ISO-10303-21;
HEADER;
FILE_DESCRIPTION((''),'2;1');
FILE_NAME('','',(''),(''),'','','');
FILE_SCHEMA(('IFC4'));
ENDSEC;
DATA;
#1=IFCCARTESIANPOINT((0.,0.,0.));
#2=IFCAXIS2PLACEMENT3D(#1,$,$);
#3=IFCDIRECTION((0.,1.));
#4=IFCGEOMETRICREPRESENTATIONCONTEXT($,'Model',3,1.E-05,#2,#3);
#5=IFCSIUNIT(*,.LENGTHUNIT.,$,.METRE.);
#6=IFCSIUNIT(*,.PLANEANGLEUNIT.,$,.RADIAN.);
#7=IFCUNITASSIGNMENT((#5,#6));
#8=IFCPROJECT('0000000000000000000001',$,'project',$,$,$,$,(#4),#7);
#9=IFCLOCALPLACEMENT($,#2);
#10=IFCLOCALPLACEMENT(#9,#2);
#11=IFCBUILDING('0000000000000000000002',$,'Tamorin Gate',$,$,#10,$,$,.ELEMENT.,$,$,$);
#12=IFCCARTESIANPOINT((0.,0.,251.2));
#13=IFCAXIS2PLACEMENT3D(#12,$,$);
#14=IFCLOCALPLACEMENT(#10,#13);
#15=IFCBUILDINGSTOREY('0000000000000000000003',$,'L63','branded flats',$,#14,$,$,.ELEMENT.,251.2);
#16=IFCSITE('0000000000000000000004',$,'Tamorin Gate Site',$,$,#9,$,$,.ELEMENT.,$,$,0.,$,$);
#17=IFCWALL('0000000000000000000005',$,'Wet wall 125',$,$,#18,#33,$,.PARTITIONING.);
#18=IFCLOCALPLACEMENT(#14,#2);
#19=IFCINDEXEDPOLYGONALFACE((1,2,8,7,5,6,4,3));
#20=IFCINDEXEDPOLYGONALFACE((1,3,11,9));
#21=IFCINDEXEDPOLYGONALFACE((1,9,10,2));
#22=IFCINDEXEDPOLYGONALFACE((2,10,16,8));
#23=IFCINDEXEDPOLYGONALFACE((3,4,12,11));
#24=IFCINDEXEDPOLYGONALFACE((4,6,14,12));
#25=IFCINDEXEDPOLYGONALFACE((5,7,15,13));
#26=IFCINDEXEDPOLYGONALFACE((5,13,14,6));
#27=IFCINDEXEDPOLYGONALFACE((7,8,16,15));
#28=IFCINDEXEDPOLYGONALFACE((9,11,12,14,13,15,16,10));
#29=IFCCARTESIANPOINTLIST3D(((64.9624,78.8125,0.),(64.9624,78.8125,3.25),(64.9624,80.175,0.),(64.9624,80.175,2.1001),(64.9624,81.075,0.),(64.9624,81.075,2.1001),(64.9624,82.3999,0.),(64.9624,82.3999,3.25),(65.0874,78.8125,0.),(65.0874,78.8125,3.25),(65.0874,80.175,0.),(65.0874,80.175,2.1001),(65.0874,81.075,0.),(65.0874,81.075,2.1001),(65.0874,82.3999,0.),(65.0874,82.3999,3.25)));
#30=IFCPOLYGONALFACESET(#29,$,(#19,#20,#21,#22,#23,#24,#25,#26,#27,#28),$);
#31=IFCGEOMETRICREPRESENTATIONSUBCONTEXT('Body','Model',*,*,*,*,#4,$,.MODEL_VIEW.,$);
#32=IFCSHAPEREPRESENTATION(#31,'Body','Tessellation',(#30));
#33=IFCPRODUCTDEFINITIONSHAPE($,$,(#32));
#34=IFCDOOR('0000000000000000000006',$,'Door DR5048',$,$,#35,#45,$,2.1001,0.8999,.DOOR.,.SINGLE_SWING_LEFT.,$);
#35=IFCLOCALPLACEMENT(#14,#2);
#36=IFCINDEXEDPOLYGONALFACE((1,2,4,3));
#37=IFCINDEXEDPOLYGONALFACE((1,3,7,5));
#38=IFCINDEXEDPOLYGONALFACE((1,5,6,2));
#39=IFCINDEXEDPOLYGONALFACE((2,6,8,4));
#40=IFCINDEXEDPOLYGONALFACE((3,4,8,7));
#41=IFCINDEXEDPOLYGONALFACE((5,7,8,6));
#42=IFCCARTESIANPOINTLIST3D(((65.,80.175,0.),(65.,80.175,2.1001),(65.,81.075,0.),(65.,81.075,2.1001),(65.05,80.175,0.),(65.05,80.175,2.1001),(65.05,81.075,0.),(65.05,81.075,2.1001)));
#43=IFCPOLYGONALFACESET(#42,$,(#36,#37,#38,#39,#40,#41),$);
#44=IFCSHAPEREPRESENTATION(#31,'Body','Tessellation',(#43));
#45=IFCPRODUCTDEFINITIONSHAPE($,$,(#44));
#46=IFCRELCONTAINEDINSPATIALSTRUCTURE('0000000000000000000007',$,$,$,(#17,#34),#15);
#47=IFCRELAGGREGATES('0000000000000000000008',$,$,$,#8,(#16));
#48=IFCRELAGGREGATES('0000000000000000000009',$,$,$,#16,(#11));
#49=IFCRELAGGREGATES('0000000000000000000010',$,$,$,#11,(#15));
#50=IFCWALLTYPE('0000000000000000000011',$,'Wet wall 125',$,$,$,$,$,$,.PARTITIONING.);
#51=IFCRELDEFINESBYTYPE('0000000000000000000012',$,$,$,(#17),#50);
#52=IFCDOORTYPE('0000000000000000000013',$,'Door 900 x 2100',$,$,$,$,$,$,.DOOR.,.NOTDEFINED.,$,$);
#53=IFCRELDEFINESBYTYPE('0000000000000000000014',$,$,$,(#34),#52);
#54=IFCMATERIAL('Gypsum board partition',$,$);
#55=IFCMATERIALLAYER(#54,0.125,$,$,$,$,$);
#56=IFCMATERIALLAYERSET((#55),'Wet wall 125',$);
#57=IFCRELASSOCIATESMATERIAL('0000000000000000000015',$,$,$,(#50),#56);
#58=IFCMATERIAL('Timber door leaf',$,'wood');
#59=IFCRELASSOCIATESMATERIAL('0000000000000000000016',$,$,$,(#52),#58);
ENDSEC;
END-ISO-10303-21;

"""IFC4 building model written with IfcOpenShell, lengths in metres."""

from ifc_helpers import new_model, si_unit, direction, frame, frame_2d, origin, place, context, subcontext, project, spatial, rectangle, extrude, material, layer, layer_set, type_object, element, fill, save


model = new_model("IFC4")

# Units and contexts
model_context = context("Model", 3, precision=1e-05, world=origin(), true_north=direction((0.0, 1.0)))
body_context = subcontext(model_context, "Body", "Model", "MODEL_VIEW")
ifc_project = project(units=[si_unit("LENGTHUNIT", "METRE"), si_unit("PLANEANGLEUNIT", "RADIAN")], contexts=[model_context])

# Site, building, storey
site_placement = place(None, origin())
site = spatial("IfcSite", under=ifc_project, at=site_placement, Name="Tamorin Gate Site", CompositionType="ELEMENT", RefElevation=0.0)
building_placement = place(site_placement, origin())
building = spatial("IfcBuilding", under=site, at=building_placement, Name="Tamorin Gate", CompositionType="ELEMENT")
storey_placement = place(building_placement, frame((0.0, 0.0, 251.2)))
storey = spatial("IfcBuildingStorey", under=building, at=storey_placement, Name="L63", Description="branded flats", CompositionType="ELEMENT", Elevation=251.2)

# Shared definitions
ifc_material_1 = material(Name="Gypsum board partition")

# Shared definitions
ifc_layer_1 = layer(ifc_material_1, 0.125)
ifc_layer_set_1 = layer_set([ifc_layer_1], Name="Wet wall 125")
wall_type_1 = type_object("IfcWallType", Name="Wet wall 125", PredefinedType="PARTITIONING", material=ifc_layer_set_1)
ifc_material_2 = material(Name="Timber door leaf", Category="wood")
door_type_1 = type_object("IfcDoorType", Name="Door 900 x 2100", OperationType="NOTDEFINED", PredefinedType="DOOR", material=ifc_material_2)

# Wall, opening, door
wall_1_placement = place(storey_placement, frame((65.0249, 78.8125, 0.0), z_axis=(0.0, 0.0, 1.0), x_axis=(0.0, 1.0, 0.0)))
wall_1 = element("IfcWall", 1, at=wall_1_placement, inside=storey, type_object=wall_type_1, Name="Wet wall 125", PredefinedType="PARTITIONING", context=body_context, shape_type="SweptSolid", body=[
    extrude(rectangle(XDim=3.5874, YDim=0.125, at=frame_2d((1.7937, 0.0))), origin(), (0.0, 0.0, 1.0), 3.25),
])
opening_1_placement = place(wall_1_placement, frame((1.3625, 0.0, 0.0)))
opening_1 = element("IfcOpeningElement", 2, at=opening_1_placement, cuts=wall_1, PredefinedType="OPENING", context=body_context, shape_type="SweptSolid", body=[
    extrude(rectangle(XDim=0.8999, YDim=2.1001, at=frame_2d((0.45, 1.05))), frame((0.0, 0.0725, 0.0), z_axis=(0.0, -1.0, 0.0), x_axis=(1.0, 0.0, 0.0)), (0.0, 0.0, 1.0), 0.145),
])
door_1_placement = place(opening_1_placement, origin())
door_1 = element("IfcDoor", 3, at=door_1_placement, inside=storey, type_object=door_type_1, Name="Door DR5048", OperationType="SINGLE_SWING_LEFT", OverallHeight=2.1001, OverallWidth=0.8999, PredefinedType="DOOR", context=body_context, shape_type="SweptSolid", body=[
    extrude(rectangle(XDim=0.8999, YDim=2.1001, at=frame_2d((0.45, 1.05))), frame((0.0, 0.0249, 0.0), z_axis=(0.0, -1.0, 0.0), x_axis=(1.0, 0.0, 0.0)), (0.0, 0.0, 1.0), 0.05),
])
fill(opening_1, door_1)

save(model, "model.ifc")
